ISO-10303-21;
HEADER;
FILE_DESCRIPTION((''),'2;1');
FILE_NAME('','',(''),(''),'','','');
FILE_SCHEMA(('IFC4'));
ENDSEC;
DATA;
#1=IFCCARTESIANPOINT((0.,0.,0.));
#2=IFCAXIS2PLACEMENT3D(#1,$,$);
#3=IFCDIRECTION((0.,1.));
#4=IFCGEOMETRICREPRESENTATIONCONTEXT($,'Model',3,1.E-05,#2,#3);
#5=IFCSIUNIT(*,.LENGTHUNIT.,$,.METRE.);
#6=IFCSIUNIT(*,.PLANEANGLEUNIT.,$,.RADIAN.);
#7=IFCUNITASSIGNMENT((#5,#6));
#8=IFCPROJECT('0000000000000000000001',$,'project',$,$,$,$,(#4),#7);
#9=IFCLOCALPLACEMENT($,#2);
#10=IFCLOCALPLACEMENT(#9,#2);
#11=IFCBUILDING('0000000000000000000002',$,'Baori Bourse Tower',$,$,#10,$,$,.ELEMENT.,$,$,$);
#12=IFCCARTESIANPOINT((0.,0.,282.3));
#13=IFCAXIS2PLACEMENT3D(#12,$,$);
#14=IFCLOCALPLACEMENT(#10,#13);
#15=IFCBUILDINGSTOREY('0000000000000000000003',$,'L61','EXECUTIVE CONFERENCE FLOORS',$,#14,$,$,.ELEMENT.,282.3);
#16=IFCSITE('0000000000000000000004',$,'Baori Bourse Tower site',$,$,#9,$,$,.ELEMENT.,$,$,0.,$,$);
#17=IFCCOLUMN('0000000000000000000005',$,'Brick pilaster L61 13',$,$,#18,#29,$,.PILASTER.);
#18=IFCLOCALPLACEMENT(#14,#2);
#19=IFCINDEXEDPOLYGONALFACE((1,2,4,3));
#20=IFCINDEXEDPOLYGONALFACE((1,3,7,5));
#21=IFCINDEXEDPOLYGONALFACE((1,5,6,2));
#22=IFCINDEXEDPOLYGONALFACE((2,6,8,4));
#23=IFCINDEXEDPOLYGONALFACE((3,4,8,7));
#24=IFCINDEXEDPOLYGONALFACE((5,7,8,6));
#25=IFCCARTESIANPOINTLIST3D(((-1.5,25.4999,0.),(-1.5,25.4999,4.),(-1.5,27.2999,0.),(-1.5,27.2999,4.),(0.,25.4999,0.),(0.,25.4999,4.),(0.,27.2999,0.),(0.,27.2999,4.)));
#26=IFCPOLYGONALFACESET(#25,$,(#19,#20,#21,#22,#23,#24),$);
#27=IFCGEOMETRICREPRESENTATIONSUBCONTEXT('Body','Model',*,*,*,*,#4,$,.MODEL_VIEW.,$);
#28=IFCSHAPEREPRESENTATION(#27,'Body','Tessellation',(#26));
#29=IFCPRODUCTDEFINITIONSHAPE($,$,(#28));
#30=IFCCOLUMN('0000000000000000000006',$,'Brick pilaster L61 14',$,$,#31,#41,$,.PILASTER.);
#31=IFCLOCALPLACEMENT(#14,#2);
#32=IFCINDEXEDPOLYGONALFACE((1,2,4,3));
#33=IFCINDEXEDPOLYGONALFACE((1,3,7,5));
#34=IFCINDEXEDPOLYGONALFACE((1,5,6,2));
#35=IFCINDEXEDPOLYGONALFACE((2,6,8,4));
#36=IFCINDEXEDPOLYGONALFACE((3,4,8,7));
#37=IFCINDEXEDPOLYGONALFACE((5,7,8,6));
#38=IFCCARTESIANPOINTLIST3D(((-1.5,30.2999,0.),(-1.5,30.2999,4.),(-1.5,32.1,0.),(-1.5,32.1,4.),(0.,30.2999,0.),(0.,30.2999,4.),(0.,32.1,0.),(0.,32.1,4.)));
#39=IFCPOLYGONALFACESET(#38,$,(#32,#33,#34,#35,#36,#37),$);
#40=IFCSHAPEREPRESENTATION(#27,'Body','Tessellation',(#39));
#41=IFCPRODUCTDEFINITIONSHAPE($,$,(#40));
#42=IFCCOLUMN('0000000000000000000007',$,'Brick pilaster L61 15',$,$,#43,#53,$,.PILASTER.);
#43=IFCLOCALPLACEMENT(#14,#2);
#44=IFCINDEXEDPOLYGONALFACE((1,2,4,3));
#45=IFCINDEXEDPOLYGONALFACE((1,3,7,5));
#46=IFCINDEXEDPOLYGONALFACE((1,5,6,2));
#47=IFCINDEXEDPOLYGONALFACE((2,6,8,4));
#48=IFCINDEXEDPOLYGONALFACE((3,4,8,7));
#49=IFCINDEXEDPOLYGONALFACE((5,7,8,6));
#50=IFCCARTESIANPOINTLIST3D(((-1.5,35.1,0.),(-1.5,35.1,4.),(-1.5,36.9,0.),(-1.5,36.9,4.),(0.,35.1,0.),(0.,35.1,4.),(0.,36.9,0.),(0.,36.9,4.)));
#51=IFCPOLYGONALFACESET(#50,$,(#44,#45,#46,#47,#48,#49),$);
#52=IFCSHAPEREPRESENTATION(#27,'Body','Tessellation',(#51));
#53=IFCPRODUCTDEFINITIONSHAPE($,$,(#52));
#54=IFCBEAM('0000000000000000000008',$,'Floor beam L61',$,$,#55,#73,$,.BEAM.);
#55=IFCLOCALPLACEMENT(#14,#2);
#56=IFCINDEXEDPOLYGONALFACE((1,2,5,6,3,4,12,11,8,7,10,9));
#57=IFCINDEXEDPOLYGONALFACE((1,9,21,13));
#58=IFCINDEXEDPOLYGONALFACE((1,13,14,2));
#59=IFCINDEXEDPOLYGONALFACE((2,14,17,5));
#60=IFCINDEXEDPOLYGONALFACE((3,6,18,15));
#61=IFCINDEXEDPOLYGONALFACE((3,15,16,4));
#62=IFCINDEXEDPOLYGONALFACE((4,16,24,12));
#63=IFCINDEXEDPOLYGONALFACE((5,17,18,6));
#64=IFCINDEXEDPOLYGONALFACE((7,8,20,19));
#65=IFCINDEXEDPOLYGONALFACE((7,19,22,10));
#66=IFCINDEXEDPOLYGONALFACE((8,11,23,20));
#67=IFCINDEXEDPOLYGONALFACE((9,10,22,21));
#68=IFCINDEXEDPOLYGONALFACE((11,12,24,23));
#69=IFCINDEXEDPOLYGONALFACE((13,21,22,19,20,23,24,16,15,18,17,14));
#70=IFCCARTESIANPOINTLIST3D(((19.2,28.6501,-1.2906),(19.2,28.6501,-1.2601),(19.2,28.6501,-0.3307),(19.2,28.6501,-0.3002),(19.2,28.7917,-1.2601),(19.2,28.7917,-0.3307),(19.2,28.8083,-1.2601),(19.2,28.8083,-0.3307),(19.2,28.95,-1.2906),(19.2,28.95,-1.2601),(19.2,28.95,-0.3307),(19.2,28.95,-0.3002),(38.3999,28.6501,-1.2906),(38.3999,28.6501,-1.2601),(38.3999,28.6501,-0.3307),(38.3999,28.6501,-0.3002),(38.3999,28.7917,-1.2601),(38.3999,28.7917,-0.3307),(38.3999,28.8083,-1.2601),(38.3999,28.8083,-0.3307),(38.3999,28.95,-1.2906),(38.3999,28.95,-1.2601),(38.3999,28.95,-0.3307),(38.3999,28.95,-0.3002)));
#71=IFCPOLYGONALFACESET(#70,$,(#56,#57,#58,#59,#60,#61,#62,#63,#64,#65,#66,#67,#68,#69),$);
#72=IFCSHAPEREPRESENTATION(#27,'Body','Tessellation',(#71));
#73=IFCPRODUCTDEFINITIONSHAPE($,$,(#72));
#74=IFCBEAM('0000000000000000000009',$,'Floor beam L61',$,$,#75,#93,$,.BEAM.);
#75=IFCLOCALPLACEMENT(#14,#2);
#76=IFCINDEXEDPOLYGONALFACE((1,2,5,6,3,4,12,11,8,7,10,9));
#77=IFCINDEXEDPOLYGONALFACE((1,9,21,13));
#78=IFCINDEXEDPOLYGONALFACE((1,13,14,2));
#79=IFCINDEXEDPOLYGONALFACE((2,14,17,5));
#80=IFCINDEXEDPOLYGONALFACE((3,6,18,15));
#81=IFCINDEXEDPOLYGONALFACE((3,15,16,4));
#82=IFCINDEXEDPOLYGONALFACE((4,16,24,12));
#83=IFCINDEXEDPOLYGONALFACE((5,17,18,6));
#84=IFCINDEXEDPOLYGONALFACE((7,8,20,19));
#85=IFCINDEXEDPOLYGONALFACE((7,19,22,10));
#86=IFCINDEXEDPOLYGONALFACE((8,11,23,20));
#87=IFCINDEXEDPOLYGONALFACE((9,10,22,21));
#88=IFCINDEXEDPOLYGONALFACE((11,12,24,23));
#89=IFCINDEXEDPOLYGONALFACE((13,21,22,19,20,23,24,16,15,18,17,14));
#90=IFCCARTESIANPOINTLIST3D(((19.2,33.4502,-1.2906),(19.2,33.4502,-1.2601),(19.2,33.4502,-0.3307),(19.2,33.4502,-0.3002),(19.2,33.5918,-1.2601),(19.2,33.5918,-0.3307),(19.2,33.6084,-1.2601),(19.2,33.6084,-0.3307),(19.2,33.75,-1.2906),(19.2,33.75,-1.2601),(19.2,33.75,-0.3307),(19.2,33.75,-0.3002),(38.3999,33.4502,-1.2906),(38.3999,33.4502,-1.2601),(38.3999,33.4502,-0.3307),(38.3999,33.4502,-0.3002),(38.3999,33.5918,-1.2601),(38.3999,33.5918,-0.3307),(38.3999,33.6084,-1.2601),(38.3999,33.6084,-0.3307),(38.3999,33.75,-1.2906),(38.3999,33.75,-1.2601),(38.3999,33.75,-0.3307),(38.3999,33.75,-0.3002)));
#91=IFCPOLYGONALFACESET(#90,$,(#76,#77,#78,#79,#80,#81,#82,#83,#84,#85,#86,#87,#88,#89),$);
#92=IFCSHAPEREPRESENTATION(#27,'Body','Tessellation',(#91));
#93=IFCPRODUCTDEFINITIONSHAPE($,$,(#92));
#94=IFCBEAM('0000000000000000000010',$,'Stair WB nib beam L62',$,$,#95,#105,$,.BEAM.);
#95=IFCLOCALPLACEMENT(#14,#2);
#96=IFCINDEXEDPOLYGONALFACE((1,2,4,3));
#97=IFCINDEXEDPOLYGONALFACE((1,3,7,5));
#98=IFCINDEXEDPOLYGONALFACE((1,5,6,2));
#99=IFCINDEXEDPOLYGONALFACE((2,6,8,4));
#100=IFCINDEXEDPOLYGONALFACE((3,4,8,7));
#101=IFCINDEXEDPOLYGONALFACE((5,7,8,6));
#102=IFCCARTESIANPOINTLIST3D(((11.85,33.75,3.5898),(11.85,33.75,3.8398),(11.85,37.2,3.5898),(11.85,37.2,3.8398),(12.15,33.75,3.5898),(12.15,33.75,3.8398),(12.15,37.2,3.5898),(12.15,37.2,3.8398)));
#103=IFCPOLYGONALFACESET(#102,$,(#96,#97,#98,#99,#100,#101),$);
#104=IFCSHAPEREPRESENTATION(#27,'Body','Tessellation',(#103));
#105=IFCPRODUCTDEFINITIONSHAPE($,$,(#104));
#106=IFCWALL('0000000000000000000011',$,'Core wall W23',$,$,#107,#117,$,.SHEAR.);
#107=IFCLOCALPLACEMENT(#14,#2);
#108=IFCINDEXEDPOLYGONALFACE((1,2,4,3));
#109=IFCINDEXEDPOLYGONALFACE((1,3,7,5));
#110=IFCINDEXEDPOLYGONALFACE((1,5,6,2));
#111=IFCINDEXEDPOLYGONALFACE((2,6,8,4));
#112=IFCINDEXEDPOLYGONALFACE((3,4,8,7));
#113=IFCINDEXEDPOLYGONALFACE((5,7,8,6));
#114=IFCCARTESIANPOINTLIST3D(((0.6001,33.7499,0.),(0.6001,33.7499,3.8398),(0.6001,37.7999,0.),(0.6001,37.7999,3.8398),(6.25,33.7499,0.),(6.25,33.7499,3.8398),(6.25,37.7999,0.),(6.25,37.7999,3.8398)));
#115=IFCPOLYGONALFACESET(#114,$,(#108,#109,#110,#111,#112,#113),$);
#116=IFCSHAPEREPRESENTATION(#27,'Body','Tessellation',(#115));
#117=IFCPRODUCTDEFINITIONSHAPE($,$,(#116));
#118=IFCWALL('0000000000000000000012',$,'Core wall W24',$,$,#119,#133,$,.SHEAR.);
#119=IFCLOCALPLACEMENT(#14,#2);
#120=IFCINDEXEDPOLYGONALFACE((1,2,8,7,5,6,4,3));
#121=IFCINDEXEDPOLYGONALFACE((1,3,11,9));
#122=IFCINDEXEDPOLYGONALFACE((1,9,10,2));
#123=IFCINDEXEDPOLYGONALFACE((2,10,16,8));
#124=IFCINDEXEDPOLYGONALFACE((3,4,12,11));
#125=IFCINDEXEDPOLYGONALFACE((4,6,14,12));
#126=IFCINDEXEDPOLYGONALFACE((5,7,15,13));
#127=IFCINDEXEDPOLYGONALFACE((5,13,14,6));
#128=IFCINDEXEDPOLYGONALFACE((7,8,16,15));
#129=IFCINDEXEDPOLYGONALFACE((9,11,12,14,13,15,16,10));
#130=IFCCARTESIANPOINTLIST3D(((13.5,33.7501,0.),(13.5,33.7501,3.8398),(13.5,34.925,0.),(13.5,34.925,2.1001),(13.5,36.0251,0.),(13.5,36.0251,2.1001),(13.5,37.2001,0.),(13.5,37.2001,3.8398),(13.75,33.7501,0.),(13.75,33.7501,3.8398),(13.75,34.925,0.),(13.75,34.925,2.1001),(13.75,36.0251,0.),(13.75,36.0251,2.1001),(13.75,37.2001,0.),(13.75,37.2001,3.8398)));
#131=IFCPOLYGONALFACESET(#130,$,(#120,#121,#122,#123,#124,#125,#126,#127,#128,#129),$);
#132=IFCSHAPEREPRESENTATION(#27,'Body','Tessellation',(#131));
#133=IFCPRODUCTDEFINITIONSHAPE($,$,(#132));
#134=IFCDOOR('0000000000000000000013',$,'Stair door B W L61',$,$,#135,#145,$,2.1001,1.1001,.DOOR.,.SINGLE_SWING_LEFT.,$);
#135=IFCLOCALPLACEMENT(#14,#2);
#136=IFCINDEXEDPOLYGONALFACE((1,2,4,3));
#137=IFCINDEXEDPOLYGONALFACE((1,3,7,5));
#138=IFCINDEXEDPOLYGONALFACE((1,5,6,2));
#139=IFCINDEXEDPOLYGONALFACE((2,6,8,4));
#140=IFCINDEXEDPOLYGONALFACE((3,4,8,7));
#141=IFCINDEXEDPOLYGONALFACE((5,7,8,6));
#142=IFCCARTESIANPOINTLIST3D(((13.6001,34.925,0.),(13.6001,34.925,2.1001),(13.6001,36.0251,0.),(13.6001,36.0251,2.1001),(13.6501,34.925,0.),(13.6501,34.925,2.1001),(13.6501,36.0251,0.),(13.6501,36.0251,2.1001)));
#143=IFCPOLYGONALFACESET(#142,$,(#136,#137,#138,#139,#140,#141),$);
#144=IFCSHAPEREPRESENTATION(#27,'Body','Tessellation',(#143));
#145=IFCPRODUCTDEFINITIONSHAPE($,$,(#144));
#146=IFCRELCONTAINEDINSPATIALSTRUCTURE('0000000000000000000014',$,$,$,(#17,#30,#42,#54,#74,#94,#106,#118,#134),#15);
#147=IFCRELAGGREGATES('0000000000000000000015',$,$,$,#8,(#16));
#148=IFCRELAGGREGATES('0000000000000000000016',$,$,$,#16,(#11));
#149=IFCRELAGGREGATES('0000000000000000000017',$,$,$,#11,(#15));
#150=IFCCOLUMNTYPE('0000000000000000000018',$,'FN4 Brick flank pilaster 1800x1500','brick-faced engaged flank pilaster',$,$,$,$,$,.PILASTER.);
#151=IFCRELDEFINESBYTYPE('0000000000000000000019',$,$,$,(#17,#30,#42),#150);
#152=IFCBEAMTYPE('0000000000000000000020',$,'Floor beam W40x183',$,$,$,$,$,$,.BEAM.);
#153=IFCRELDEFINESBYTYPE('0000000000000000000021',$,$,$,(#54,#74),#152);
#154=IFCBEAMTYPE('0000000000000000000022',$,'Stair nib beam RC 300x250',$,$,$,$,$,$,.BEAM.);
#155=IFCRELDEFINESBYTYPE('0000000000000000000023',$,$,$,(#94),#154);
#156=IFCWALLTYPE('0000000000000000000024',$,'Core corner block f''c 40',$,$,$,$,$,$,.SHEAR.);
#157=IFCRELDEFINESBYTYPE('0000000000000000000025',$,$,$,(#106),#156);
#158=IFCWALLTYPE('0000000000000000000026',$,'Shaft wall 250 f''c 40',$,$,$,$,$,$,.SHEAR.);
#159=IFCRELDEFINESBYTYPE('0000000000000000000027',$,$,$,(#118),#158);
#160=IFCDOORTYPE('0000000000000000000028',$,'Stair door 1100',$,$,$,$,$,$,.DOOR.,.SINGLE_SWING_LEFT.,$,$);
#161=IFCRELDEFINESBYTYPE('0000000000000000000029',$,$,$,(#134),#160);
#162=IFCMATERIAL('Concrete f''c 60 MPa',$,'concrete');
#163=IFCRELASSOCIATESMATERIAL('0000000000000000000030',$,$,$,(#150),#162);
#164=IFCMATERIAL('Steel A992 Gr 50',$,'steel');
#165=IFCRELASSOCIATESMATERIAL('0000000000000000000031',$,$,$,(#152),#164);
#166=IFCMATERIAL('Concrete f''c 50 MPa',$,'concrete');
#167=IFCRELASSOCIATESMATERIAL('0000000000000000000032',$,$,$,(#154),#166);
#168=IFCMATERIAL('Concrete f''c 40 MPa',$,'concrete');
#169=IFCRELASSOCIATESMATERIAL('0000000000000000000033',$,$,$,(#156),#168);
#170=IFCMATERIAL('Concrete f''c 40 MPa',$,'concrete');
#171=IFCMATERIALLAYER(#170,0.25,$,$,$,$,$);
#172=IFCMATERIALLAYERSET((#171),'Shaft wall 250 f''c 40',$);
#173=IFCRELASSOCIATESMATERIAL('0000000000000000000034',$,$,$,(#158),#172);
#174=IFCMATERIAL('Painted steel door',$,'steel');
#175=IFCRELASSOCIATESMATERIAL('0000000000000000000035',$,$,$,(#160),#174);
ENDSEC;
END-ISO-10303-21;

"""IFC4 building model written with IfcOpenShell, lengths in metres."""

from ifc_helpers import new_model, si_unit, direction, frame, frame_2d, origin, origin_2d, place, context, subcontext, project, spatial, rectangle, i_section, extrude, material, layer, layer_set, material_profile, profile_set, type_object, element, fill, save


model = new_model("IFC4")

# Units and contexts
model_context = context("Model", 3, precision=1e-05, world=origin(), true_north=direction((0.0, 1.0)))
body_context = subcontext(model_context, "Body", "Model", "MODEL_VIEW")
ifc_project = project(units=[si_unit("LENGTHUNIT", "METRE"), si_unit("PLANEANGLEUNIT", "RADIAN")], contexts=[model_context])

# Site, building, storey
site_placement = place(None, origin())
site = spatial("IfcSite", under=ifc_project, at=site_placement, Name="Baori Bourse Tower site", CompositionType="ELEMENT", RefElevation=0.0)
building_placement = place(site_placement, origin())
building = spatial("IfcBuilding", under=site, at=building_placement, Name="Baori Bourse Tower", CompositionType="ELEMENT")
storey_placement = place(building_placement, frame((0.0, 0.0, 282.3)))
storey = spatial("IfcBuildingStorey", under=building, at=storey_placement, Name="L61", Description="EXECUTIVE CONFERENCE FLOORS", CompositionType="ELEMENT", Elevation=282.3)

# Columns
ifc_material_1 = material(Name="Concrete f'c 60 MPa", Category="concrete")
ifc_material_profile_1 = material_profile(ifc_material_1, rectangle(XDim=1.8, YDim=1.5, at=origin_2d()), Name="RC 1800x1500")
ifc_profile_set_1 = profile_set([ifc_material_profile_1], Name="Concrete f'c 60 MPa")
column_type = type_object("IfcColumnType", Name="FN4 Brick flank pilaster 1800x1500", Description="brick-faced engaged flank pilaster", PredefinedType="PILASTER", material=ifc_profile_set_1)
for number, where, z_axis, x_axis, name in (
    (1, (-0.75, 26.3999, 0.0), (0.0, 0.0, 1.0), (0.0, 1.0, 0.0), "Brick pilaster L61 13"),
    (2, (-0.75, 31.2, 0.0), (0.0, 0.0, 1.0), (0.0, 1.0, 0.0), "Brick pilaster L61 14"),
    (3, (-0.75, 36.0, 0.0), (0.0, 0.0, 1.0), (0.0, 1.0, 0.0), "Brick pilaster L61 15"),
):
    element("IfcColumn", number, at=place(storey_placement, frame(where, z_axis=z_axis, x_axis=x_axis)), inside=storey, type_object=column_type, Name=name, PredefinedType="PILASTER", context=body_context, shape_type="SweptSolid", body=[
        extrude(rectangle(XDim=1.8, YDim=1.5, at=origin_2d()), origin(), (0.0, 0.0, 1.0), 4.0),
    ])

# Beams
ifc_material_2 = material(Name="Steel A992 Gr 50", Category="steel")
ifc_material_profile_2 = material_profile(ifc_material_2, i_section(OverallWidth=0.2998, OverallDepth=0.9905, WebThickness=0.0166, FlangeThickness=0.0305, at=origin_2d()), Name="W40x183")
ifc_profile_set_2 = profile_set([ifc_material_profile_2], Name="Steel A992 Gr 50")
beam_type_1 = type_object("IfcBeamType", Name="Floor beam W40x183", PredefinedType="BEAM", material=ifc_profile_set_2)
for number, where, z_axis, x_axis, name in (
    (4, (19.2, 28.8, -0.7954), (1.0, 0.0, 0.0), (0.0, 1.0, 0.0), "Floor beam L61"),
    (5, (19.2, 33.6001, -0.7954), (1.0, 0.0, 0.0), (0.0, 1.0, 0.0), "Floor beam L61"),
):
    element("IfcBeam", number, at=place(storey_placement, frame(where, z_axis=z_axis, x_axis=x_axis)), inside=storey, type_object=beam_type_1, Name=name, PredefinedType="BEAM", context=body_context, shape_type="SweptSolid", body=[
        extrude(i_section(OverallWidth=0.2998, OverallDepth=0.9905, WebThickness=0.0166, FlangeThickness=0.0305, at=origin_2d()), origin(), (0.0, 0.0, 1.0), 19.2),
    ])
ifc_material_3 = material(Name="Concrete f'c 50 MPa", Category="concrete")
ifc_material_profile_3 = material_profile(ifc_material_3, rectangle(XDim=0.3, YDim=0.25, at=origin_2d()), Name="RC 300x250")
ifc_profile_set_3 = profile_set([ifc_material_profile_3], Name="Concrete f'c 50 MPa")
beam_type_2 = type_object("IfcBeamType", Name="Stair nib beam RC 300x250", PredefinedType="BEAM", material=ifc_profile_set_3)
beam_placement = place(storey_placement, frame((12.0, 33.75, 3.7148), z_axis=(0.0, 1.0, 0.0), x_axis=(-1.0, 0.0, 0.0)))
element("IfcBeam", 6, at=beam_placement, inside=storey, type_object=beam_type_2, Name="Stair WB nib beam L62", PredefinedType="BEAM", context=body_context, shape_type="SweptSolid", body=[
    extrude(rectangle(XDim=0.3, YDim=0.25, at=origin_2d()), origin(), (0.0, 0.0, 1.0), 3.45),
])

# Wall
ifc_material_4 = material(Name="Concrete f'c 40 MPa", Category="concrete")
wall_type_1 = type_object("IfcWallType", Name="Core corner block f'c 40", PredefinedType="SHEAR", material=ifc_material_4)
wall_1_placement = place(storey_placement, frame((0.6001, 35.7749, 0.0), z_axis=(0.0, 0.0, 1.0), x_axis=(1.0, 0.0, 0.0)))
element("IfcWall", 7, at=wall_1_placement, inside=storey, type_object=wall_type_1, Name="Core wall W23", PredefinedType="SHEAR", context=body_context, shape_type="SweptSolid", body=[
    extrude(rectangle(XDim=5.6499, YDim=4.05, at=frame_2d((2.825, 0.0))), origin(), (0.0, 0.0, 1.0), 3.8398),
])

# Wall, opening, door
ifc_material_5 = material(Name="Concrete f'c 40 MPa", Category="concrete")
ifc_layer_1 = layer(ifc_material_5, 0.25)
ifc_layer_set_1 = layer_set([ifc_layer_1], Name="Shaft wall 250 f'c 40")
wall_type_2 = type_object("IfcWallType", Name="Shaft wall 250 f'c 40", PredefinedType="SHEAR", material=ifc_layer_set_1)
wall_2_placement = place(storey_placement, frame((13.625, 33.75, 0.0), z_axis=(0.0, 0.0, 1.0), x_axis=(0.0, 1.0, 0.0)))
wall_2 = element("IfcWall", 8, at=wall_2_placement, inside=storey, type_object=wall_type_2, Name="Core wall W24", PredefinedType="SHEAR", context=body_context, shape_type="SweptSolid", body=[
    extrude(rectangle(XDim=3.45, YDim=0.25, at=frame_2d((1.7251, 0.0))), origin(), (0.0, 0.0, 1.0), 3.8398),
])
opening_1_placement = place(wall_2_placement, frame((1.175, 0.0, 0.0)))
opening_1 = element("IfcOpeningElement", 9, at=opening_1_placement, cuts=wall_2, PredefinedType="OPENING", context=body_context, shape_type="SweptSolid", body=[
    extrude(rectangle(XDim=1.1001, YDim=2.1001, at=frame_2d((0.55, 1.05))), frame((0.0, 0.135, 0.0), z_axis=(0.0, -1.0, 0.0), x_axis=(1.0, 0.0, 0.0)), (0.0, 0.0, 1.0), 0.27),
])
ifc_material_6 = material(Name="Painted steel door", Category="steel")
door_type_1 = type_object("IfcDoorType", Name="Stair door 1100", OperationType="SINGLE_SWING_LEFT", PredefinedType="DOOR", material=ifc_material_6)
door_1_placement = place(opening_1_placement, origin())
door_1 = element("IfcDoor", 10, at=door_1_placement, inside=storey, type_object=door_type_1, Name="Stair door B W L61", OperationType="SINGLE_SWING_LEFT", OverallHeight=2.1001, OverallWidth=1.1001, PredefinedType="DOOR", context=body_context, shape_type="SweptSolid", body=[
    extrude(rectangle(XDim=1.1001, YDim=2.1001, at=frame_2d((0.55, 1.05))), frame((0.0, 0.0249, 0.0), z_axis=(0.0, -1.0, 0.0), x_axis=(1.0, 0.0, 0.0)), (0.0, 0.0, 1.0), 0.05),
])
fill(opening_1, door_1)

save(model, "model.ifc")
